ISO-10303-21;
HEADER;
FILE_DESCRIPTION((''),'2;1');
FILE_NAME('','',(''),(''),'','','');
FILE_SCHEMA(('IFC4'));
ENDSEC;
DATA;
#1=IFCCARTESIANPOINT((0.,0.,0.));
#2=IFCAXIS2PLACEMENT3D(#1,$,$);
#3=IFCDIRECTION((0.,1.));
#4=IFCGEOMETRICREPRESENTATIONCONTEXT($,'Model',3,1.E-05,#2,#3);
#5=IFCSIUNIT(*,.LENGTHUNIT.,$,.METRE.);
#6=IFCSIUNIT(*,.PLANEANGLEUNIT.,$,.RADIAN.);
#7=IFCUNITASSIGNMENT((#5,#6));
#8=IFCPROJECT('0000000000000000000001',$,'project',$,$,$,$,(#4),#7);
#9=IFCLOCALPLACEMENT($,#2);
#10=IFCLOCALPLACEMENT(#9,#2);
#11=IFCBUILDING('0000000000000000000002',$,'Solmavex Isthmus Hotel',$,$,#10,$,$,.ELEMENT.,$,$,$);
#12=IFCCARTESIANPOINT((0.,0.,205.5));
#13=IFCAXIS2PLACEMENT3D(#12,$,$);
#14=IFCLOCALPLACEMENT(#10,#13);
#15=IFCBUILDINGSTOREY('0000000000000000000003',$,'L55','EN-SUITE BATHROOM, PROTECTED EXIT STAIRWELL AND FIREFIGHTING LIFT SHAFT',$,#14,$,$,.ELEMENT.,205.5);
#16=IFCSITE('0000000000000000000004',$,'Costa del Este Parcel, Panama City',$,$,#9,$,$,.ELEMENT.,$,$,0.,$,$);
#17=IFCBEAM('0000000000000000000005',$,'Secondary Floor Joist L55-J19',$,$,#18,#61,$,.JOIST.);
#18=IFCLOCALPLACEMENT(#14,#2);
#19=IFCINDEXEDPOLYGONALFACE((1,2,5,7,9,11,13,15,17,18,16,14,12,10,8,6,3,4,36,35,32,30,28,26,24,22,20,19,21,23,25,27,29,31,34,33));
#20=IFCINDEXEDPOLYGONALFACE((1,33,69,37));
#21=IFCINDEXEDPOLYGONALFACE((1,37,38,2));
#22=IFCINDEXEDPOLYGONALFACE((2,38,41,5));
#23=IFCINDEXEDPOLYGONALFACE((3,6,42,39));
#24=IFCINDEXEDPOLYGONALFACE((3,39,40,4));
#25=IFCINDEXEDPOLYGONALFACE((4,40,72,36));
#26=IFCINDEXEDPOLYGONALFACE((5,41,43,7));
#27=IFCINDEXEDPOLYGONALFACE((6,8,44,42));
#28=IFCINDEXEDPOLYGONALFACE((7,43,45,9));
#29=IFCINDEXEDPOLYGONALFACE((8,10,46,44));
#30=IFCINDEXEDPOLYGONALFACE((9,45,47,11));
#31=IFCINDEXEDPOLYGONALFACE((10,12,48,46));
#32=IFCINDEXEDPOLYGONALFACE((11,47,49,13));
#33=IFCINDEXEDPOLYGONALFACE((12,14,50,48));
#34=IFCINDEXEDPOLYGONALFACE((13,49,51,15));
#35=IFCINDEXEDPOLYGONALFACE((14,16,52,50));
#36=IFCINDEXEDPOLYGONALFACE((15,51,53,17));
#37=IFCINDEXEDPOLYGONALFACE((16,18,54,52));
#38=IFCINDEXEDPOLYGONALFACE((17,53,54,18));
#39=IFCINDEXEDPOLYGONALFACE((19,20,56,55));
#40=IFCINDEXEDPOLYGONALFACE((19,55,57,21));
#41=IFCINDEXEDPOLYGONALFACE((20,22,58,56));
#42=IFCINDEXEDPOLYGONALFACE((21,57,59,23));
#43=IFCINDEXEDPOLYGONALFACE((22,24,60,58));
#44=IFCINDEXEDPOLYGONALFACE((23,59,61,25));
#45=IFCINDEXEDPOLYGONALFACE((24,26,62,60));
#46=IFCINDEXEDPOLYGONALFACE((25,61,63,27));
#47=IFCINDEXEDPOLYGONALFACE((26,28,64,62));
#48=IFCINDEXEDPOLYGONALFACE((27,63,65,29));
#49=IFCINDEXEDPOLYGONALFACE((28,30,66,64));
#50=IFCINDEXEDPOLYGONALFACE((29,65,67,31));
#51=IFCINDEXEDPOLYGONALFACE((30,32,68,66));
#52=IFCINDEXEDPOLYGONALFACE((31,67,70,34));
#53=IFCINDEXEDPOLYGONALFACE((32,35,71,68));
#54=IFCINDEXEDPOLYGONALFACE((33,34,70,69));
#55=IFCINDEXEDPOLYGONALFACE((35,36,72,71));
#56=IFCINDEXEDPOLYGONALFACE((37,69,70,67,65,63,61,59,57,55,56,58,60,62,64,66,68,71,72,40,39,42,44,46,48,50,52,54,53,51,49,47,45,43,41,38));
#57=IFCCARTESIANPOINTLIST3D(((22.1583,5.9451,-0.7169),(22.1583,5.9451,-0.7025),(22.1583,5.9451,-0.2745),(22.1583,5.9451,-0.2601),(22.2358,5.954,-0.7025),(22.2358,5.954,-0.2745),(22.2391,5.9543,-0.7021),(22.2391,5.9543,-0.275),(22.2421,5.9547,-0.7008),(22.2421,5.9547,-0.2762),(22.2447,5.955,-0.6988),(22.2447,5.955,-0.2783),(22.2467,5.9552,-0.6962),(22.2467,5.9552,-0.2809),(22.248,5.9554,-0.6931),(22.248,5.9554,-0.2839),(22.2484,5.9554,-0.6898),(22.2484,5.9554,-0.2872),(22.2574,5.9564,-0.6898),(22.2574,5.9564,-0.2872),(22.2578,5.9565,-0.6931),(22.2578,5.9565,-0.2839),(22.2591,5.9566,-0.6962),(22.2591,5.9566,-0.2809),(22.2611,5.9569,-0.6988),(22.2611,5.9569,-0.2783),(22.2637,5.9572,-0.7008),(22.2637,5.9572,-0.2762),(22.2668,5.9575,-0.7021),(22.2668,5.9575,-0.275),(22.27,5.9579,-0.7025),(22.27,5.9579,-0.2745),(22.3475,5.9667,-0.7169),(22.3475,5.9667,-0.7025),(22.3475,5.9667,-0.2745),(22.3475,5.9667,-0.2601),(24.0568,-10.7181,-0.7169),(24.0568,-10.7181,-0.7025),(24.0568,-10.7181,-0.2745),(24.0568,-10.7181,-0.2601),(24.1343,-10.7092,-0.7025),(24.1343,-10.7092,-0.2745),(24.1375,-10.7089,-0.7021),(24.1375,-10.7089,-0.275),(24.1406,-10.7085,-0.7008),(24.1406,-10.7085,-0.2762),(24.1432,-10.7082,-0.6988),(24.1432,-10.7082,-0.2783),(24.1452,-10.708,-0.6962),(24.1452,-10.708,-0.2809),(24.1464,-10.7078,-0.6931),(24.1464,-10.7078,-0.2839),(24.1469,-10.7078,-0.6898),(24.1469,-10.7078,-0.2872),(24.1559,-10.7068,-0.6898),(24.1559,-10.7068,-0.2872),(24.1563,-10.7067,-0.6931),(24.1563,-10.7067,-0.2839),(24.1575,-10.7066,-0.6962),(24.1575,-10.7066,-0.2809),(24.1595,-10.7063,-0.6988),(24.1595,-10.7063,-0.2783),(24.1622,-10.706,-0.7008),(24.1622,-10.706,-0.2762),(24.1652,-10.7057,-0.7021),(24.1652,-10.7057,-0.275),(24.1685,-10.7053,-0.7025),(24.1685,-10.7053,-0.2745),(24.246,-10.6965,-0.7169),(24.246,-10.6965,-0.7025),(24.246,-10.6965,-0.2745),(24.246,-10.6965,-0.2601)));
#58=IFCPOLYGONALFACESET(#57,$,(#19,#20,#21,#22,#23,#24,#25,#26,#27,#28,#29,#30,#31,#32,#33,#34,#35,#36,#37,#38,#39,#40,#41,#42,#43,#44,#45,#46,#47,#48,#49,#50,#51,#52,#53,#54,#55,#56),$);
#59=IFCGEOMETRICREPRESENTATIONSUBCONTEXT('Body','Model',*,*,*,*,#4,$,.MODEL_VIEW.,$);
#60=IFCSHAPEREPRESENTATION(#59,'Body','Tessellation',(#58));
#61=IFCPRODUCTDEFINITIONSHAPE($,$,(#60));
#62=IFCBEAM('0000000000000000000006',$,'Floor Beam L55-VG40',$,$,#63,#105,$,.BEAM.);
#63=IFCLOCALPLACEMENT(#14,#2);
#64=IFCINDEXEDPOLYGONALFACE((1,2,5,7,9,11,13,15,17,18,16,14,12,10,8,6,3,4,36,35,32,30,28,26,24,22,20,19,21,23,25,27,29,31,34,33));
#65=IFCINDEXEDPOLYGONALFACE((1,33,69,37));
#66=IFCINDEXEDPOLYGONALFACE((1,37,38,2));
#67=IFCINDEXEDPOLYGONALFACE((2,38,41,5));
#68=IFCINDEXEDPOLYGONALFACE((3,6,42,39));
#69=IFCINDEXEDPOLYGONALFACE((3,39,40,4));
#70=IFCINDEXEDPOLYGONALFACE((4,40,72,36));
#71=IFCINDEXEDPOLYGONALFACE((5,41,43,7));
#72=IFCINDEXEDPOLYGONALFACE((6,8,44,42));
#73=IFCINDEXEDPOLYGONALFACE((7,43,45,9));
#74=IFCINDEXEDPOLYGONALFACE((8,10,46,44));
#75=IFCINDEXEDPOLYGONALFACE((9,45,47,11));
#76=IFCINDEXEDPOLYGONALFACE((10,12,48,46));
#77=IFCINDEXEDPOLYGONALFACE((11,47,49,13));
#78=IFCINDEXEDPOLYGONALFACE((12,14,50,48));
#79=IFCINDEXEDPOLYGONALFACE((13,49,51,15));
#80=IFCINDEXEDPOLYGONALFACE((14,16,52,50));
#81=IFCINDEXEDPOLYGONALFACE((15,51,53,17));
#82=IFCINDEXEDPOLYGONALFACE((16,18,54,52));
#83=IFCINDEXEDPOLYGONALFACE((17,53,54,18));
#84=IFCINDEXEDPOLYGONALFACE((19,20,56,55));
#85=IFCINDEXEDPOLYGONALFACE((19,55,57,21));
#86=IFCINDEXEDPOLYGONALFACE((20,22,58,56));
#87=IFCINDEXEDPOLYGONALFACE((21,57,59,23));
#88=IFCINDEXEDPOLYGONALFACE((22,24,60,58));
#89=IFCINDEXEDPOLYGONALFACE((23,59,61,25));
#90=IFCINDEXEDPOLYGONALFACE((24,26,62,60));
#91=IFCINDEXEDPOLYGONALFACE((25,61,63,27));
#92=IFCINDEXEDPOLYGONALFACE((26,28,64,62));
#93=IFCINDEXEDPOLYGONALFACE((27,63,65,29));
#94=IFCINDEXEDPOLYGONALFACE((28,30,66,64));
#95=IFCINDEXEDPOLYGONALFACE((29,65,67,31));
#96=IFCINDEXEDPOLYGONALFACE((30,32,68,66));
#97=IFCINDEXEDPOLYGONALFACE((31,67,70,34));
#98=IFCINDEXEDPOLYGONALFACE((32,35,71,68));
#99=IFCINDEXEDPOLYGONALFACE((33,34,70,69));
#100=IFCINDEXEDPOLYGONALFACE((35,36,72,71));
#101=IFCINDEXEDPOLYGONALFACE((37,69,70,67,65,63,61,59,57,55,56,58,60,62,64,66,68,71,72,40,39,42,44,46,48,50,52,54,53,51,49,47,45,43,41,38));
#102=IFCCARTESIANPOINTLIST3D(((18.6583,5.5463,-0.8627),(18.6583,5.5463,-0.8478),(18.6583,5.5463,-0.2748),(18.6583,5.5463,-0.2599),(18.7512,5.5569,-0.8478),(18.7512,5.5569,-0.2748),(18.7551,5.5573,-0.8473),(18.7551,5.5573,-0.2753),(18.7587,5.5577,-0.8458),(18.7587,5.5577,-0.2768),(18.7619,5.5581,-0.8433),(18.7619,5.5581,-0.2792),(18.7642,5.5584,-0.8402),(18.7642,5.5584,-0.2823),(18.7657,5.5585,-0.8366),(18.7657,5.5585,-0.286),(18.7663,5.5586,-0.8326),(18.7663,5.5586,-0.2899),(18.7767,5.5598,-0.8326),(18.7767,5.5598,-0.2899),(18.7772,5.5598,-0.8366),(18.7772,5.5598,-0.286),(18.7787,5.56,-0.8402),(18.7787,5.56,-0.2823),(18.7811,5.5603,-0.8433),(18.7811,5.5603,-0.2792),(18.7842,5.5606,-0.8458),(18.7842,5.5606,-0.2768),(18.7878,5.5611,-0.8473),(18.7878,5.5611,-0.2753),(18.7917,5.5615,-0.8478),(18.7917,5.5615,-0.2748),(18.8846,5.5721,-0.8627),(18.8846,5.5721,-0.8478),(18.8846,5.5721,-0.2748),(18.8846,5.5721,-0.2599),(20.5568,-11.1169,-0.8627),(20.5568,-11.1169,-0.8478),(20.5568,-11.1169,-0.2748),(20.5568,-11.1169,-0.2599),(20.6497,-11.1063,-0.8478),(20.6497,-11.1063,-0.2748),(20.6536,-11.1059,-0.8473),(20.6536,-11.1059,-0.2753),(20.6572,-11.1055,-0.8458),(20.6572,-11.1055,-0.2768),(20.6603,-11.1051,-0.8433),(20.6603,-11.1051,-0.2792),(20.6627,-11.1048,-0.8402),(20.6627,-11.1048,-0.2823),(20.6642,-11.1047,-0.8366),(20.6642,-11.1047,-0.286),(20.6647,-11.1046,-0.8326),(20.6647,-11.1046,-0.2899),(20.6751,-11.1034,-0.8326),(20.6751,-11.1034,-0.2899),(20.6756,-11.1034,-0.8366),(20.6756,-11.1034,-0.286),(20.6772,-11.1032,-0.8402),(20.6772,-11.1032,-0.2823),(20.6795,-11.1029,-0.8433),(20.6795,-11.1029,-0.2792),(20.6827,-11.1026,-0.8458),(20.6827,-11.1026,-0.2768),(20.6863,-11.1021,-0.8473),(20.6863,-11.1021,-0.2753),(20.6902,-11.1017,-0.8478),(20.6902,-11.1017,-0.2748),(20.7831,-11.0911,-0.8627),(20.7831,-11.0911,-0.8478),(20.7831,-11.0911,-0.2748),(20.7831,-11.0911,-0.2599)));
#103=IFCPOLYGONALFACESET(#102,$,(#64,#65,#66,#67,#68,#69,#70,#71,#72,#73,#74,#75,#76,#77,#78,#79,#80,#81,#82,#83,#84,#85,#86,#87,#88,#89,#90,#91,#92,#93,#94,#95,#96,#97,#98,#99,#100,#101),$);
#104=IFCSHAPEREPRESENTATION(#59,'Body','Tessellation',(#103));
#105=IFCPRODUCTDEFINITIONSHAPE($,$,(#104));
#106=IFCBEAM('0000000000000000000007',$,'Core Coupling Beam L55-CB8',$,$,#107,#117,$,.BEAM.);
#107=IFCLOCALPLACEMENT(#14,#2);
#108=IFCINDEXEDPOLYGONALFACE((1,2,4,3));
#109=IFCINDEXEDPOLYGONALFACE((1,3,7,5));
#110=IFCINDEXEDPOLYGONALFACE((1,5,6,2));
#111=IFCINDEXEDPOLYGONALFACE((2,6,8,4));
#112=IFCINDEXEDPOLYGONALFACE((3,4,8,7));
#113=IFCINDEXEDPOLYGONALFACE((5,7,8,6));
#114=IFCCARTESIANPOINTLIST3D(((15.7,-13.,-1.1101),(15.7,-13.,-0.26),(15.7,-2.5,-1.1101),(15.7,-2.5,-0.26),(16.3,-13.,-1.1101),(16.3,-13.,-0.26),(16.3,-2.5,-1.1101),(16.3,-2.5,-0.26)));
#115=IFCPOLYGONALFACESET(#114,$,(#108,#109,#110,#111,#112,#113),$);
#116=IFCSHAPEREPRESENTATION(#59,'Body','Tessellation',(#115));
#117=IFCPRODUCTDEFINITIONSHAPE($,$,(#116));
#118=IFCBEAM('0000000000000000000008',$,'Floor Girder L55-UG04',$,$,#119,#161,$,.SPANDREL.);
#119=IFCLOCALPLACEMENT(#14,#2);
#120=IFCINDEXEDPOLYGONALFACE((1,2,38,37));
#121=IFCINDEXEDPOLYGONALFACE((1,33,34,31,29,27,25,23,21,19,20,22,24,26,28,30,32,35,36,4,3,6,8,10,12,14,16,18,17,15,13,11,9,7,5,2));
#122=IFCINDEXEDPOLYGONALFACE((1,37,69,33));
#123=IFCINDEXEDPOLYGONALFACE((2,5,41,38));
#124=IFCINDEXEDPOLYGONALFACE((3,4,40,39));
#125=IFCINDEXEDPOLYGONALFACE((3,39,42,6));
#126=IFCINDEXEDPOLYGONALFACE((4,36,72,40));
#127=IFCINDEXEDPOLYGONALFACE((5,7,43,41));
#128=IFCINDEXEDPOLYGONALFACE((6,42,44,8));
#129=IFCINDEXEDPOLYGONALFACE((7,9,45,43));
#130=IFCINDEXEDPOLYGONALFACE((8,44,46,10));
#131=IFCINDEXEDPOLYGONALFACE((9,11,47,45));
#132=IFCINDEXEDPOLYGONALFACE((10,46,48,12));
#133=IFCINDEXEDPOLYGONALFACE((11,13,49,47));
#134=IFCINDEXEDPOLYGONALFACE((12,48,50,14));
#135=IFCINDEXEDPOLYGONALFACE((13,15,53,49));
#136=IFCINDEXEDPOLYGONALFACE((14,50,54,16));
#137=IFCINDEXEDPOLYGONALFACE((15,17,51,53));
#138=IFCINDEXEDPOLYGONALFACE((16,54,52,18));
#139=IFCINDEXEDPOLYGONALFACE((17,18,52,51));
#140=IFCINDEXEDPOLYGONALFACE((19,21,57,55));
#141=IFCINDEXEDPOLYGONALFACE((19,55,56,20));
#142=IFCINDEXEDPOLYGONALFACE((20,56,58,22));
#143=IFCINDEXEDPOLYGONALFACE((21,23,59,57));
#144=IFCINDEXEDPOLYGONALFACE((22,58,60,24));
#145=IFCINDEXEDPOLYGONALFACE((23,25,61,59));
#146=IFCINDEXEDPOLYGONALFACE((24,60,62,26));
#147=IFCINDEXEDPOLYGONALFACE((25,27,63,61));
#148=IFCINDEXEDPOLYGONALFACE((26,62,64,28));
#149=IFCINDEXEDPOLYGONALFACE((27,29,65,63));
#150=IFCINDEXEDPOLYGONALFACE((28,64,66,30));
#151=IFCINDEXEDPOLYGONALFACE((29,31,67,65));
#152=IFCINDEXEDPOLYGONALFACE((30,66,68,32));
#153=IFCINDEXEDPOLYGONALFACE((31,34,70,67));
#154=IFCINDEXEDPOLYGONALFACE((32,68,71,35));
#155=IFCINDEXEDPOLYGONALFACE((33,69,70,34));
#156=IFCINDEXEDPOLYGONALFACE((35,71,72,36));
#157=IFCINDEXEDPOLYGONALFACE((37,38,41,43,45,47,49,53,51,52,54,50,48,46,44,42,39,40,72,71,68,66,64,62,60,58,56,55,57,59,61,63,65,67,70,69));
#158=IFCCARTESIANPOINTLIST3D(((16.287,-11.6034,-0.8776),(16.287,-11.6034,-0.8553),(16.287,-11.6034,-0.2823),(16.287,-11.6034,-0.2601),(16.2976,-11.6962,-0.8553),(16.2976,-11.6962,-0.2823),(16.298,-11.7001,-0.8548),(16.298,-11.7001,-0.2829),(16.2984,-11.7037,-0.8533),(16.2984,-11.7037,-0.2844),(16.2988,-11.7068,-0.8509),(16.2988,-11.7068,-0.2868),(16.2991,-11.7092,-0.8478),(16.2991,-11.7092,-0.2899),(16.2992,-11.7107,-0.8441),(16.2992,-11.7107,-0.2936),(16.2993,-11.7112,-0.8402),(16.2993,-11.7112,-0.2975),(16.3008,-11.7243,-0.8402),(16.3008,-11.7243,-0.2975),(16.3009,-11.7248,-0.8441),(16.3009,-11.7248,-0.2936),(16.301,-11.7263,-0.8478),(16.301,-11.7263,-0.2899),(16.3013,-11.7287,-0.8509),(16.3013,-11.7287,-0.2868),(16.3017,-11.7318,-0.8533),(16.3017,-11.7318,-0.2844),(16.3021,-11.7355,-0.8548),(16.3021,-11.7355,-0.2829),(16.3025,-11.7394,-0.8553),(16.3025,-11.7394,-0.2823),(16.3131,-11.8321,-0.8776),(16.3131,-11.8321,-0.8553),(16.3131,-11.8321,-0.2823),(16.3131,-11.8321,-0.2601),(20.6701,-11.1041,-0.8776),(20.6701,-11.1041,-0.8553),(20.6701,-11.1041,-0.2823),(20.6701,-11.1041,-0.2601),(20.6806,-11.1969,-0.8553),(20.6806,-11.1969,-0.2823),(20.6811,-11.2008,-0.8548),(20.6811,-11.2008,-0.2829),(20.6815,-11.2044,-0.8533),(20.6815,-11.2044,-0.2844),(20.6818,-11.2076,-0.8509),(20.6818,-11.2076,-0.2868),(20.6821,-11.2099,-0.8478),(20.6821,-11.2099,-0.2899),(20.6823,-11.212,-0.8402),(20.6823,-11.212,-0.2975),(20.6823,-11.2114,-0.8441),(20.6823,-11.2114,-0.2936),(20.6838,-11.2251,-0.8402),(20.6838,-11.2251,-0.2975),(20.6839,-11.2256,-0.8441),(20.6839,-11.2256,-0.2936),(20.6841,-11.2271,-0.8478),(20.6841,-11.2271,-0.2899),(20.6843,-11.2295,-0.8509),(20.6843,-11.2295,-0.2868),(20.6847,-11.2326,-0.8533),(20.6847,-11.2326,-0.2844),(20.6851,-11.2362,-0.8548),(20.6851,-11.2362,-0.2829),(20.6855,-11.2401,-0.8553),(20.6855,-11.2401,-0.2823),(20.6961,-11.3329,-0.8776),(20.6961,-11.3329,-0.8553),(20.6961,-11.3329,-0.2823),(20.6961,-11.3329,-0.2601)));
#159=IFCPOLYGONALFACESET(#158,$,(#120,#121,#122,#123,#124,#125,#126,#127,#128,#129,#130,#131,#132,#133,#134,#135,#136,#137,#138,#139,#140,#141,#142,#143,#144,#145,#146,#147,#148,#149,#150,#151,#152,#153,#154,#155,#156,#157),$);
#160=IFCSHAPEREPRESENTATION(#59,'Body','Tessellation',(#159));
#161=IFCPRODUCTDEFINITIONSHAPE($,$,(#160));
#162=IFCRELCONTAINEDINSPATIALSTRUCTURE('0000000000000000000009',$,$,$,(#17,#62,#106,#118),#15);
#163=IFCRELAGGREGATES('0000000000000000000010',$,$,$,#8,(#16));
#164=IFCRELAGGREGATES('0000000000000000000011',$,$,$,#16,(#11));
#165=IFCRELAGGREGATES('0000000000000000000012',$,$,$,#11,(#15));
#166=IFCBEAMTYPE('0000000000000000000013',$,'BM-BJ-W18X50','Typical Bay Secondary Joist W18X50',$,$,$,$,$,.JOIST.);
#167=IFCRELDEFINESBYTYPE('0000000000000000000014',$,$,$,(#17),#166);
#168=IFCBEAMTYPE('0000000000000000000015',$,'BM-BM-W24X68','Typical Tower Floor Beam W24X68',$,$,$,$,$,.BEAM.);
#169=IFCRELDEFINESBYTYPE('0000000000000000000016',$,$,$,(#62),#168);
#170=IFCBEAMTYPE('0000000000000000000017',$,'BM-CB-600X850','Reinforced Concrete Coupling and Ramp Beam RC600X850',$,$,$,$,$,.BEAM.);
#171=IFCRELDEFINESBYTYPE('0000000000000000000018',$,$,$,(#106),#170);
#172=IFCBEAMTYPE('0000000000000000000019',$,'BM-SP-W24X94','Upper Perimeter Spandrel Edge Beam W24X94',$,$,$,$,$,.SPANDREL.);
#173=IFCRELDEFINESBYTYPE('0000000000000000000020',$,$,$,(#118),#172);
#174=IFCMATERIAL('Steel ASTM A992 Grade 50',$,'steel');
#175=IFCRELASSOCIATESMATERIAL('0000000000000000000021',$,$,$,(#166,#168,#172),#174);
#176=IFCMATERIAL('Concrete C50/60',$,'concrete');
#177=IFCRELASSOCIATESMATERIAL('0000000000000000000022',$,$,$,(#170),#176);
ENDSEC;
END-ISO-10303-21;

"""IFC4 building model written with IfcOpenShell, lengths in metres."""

from ifc_helpers import new_model, si_unit, direction, frame, origin, origin_2d, place, context, subcontext, project, spatial, rectangle, i_section, extrude, material, material_profile, profile_set, type_object, element, save


model = new_model("IFC4")

# Units and contexts
model_context = context("Model", 3, precision=1e-05, world=origin(), true_north=direction((0.0, 1.0)))
body_context = subcontext(model_context, "Body", "Model", "MODEL_VIEW")
ifc_project = project(units=[si_unit("LENGTHUNIT", "METRE"), si_unit("PLANEANGLEUNIT", "RADIAN")], contexts=[model_context])

# Site, building, storey
site_placement = place(None, origin())
site = spatial("IfcSite", under=ifc_project, at=site_placement, Name="Costa del Este Parcel, Panama City", CompositionType="ELEMENT", RefElevation=0.0)
building_placement = place(site_placement, origin())
building = spatial("IfcBuilding", under=site, at=building_placement, Name="Solmavex Isthmus Hotel", CompositionType="ELEMENT")
storey_placement = place(building_placement, frame((0.0, 0.0, 205.5)))
storey = spatial("IfcBuildingStorey", under=building, at=storey_placement, Name="L55", Description="EN-SUITE BATHROOM, PROTECTED EXIT STAIRWELL AND FIREFIGHTING LIFT SHAFT", CompositionType="ELEMENT", Elevation=205.5)

# Shared definitions
ifc_material_1 = material(Name="Concrete C50/60", Category="concrete")

# Beams
ifc_material_2 = material(Name="Steel ASTM A992 Grade 50", Category="steel")
ifc_material_profile_1 = material_profile(ifc_material_2, i_section(OverallWidth=0.1904, OverallDepth=0.4568, WebThickness=0.009, FlangeThickness=0.0144, FilletRadius=0.0127, at=origin_2d()), Name="W18X50")
ifc_profile_set_1 = profile_set([ifc_material_profile_1], Name="Steel ASTM A992 Grade 50")
beam_type_1 = type_object("IfcBeamType", Name="BM-BJ-W18X50", Description="Typical Bay Secondary Joist W18X50", PredefinedType="JOIST", material=ifc_profile_set_1)
beam_1_placement = place(storey_placement, frame((24.1514, -10.7073, -0.4885), z_axis=(-0.113198, 0.993572, 0.0), x_axis=(-0.993572, -0.113198, 0.0)))
element("IfcBeam", 1, at=beam_1_placement, inside=storey, type_object=beam_type_1, Name="Secondary Floor Joist L55-J19", PredefinedType="JOIST", context=body_context, shape_type="SweptSolid", body=[
    extrude(i_section(OverallWidth=0.1904, OverallDepth=0.4568, WebThickness=0.009, FlangeThickness=0.0144, FilletRadius=0.0127, at=origin_2d()), origin(), (0.0, 0.0, 1.0), 16.771),
])
ifc_material_profile_2 = material_profile(ifc_material_2, i_section(OverallWidth=0.2278, OverallDepth=0.6028, WebThickness=0.0105, FlangeThickness=0.0149, FilletRadius=0.0151, at=origin_2d()), Name="W24X68")
ifc_profile_set_2 = profile_set([ifc_material_profile_2], Name="Steel ASTM A992 Grade 50")
beam_type_2 = type_object("IfcBeamType", Name="BM-BM-W24X68", Description="Typical Tower Floor Beam W24X68", PredefinedType="BEAM", material=ifc_profile_set_2)
beam_2_placement = place(storey_placement, frame((20.6699, -11.104, -0.5613), z_axis=(-0.113198, 0.993572, 0.0), x_axis=(-0.993572, -0.113198, 0.0)))
element("IfcBeam", 2, at=beam_2_placement, inside=storey, type_object=beam_type_2, Name="Floor Beam L55-VG40", PredefinedType="BEAM", context=body_context, shape_type="SweptSolid", body=[
    extrude(i_section(OverallWidth=0.2278, OverallDepth=0.6028, WebThickness=0.0105, FlangeThickness=0.0149, FilletRadius=0.0151, at=origin_2d()), origin(), (0.0, 0.0, 1.0), 16.771),
])
ifc_material_profile_3 = material_profile(ifc_material_1, rectangle(XDim=0.6001, YDim=0.8501, at=origin_2d()), Name="RC600X850")
ifc_profile_set_3 = profile_set([ifc_material_profile_3], Name="Concrete C50/60")
beam_type_3 = type_object("IfcBeamType", Name="BM-CB-600X850", Description="Reinforced Concrete Coupling and Ramp Beam RC600X850", PredefinedType="BEAM", material=ifc_profile_set_3)
beam_3_placement = place(storey_placement, frame((16.0, -13.0, -0.6851), z_axis=(0.0, 1.0, 0.0), x_axis=(-1.0, 0.0, 0.0)))
element("IfcBeam", 3, at=beam_3_placement, inside=storey, type_object=beam_type_3, Name="Core Coupling Beam L55-CB8", PredefinedType="BEAM", context=body_context, shape_type="SweptSolid", body=[
    extrude(rectangle(XDim=0.6001, YDim=0.8501, at=origin_2d()), origin(), (0.0, 0.0, 1.0), 10.5),
])
ifc_material_profile_4 = material_profile(ifc_material_2, i_section(OverallWidth=0.2302, OverallDepth=0.6174, WebThickness=0.0132, FlangeThickness=0.0222, FilletRadius=0.0151, at=origin_2d()), Name="W24X94")
ifc_profile_set_4 = profile_set([ifc_material_profile_4], Name="Steel ASTM A992 Grade 50")
beam_type_4 = type_object("IfcBeamType", Name="BM-SP-W24X94", Description="Upper Perimeter Spandrel Edge Beam W24X94", PredefinedType="SPANDREL", material=ifc_profile_set_4)
beam_4_placement = place(storey_placement, frame((16.3, -11.7178, -0.5688), z_axis=(0.993575, 0.113177, 0.0), x_axis=(-0.113177, 0.993575, 0.0)))
element("IfcBeam", 4, at=beam_4_placement, inside=storey, type_object=beam_type_4, Name="Floor Girder L55-UG04", PredefinedType="SPANDREL", context=body_context, shape_type="SweptSolid", body=[
    extrude(i_section(OverallWidth=0.2302, OverallDepth=0.6174, WebThickness=0.0132, FlangeThickness=0.0222, FilletRadius=0.0151, at=origin_2d()), origin(), (0.0, 0.0, 1.0), 4.4114),
])

save(model, "model.ifc")
